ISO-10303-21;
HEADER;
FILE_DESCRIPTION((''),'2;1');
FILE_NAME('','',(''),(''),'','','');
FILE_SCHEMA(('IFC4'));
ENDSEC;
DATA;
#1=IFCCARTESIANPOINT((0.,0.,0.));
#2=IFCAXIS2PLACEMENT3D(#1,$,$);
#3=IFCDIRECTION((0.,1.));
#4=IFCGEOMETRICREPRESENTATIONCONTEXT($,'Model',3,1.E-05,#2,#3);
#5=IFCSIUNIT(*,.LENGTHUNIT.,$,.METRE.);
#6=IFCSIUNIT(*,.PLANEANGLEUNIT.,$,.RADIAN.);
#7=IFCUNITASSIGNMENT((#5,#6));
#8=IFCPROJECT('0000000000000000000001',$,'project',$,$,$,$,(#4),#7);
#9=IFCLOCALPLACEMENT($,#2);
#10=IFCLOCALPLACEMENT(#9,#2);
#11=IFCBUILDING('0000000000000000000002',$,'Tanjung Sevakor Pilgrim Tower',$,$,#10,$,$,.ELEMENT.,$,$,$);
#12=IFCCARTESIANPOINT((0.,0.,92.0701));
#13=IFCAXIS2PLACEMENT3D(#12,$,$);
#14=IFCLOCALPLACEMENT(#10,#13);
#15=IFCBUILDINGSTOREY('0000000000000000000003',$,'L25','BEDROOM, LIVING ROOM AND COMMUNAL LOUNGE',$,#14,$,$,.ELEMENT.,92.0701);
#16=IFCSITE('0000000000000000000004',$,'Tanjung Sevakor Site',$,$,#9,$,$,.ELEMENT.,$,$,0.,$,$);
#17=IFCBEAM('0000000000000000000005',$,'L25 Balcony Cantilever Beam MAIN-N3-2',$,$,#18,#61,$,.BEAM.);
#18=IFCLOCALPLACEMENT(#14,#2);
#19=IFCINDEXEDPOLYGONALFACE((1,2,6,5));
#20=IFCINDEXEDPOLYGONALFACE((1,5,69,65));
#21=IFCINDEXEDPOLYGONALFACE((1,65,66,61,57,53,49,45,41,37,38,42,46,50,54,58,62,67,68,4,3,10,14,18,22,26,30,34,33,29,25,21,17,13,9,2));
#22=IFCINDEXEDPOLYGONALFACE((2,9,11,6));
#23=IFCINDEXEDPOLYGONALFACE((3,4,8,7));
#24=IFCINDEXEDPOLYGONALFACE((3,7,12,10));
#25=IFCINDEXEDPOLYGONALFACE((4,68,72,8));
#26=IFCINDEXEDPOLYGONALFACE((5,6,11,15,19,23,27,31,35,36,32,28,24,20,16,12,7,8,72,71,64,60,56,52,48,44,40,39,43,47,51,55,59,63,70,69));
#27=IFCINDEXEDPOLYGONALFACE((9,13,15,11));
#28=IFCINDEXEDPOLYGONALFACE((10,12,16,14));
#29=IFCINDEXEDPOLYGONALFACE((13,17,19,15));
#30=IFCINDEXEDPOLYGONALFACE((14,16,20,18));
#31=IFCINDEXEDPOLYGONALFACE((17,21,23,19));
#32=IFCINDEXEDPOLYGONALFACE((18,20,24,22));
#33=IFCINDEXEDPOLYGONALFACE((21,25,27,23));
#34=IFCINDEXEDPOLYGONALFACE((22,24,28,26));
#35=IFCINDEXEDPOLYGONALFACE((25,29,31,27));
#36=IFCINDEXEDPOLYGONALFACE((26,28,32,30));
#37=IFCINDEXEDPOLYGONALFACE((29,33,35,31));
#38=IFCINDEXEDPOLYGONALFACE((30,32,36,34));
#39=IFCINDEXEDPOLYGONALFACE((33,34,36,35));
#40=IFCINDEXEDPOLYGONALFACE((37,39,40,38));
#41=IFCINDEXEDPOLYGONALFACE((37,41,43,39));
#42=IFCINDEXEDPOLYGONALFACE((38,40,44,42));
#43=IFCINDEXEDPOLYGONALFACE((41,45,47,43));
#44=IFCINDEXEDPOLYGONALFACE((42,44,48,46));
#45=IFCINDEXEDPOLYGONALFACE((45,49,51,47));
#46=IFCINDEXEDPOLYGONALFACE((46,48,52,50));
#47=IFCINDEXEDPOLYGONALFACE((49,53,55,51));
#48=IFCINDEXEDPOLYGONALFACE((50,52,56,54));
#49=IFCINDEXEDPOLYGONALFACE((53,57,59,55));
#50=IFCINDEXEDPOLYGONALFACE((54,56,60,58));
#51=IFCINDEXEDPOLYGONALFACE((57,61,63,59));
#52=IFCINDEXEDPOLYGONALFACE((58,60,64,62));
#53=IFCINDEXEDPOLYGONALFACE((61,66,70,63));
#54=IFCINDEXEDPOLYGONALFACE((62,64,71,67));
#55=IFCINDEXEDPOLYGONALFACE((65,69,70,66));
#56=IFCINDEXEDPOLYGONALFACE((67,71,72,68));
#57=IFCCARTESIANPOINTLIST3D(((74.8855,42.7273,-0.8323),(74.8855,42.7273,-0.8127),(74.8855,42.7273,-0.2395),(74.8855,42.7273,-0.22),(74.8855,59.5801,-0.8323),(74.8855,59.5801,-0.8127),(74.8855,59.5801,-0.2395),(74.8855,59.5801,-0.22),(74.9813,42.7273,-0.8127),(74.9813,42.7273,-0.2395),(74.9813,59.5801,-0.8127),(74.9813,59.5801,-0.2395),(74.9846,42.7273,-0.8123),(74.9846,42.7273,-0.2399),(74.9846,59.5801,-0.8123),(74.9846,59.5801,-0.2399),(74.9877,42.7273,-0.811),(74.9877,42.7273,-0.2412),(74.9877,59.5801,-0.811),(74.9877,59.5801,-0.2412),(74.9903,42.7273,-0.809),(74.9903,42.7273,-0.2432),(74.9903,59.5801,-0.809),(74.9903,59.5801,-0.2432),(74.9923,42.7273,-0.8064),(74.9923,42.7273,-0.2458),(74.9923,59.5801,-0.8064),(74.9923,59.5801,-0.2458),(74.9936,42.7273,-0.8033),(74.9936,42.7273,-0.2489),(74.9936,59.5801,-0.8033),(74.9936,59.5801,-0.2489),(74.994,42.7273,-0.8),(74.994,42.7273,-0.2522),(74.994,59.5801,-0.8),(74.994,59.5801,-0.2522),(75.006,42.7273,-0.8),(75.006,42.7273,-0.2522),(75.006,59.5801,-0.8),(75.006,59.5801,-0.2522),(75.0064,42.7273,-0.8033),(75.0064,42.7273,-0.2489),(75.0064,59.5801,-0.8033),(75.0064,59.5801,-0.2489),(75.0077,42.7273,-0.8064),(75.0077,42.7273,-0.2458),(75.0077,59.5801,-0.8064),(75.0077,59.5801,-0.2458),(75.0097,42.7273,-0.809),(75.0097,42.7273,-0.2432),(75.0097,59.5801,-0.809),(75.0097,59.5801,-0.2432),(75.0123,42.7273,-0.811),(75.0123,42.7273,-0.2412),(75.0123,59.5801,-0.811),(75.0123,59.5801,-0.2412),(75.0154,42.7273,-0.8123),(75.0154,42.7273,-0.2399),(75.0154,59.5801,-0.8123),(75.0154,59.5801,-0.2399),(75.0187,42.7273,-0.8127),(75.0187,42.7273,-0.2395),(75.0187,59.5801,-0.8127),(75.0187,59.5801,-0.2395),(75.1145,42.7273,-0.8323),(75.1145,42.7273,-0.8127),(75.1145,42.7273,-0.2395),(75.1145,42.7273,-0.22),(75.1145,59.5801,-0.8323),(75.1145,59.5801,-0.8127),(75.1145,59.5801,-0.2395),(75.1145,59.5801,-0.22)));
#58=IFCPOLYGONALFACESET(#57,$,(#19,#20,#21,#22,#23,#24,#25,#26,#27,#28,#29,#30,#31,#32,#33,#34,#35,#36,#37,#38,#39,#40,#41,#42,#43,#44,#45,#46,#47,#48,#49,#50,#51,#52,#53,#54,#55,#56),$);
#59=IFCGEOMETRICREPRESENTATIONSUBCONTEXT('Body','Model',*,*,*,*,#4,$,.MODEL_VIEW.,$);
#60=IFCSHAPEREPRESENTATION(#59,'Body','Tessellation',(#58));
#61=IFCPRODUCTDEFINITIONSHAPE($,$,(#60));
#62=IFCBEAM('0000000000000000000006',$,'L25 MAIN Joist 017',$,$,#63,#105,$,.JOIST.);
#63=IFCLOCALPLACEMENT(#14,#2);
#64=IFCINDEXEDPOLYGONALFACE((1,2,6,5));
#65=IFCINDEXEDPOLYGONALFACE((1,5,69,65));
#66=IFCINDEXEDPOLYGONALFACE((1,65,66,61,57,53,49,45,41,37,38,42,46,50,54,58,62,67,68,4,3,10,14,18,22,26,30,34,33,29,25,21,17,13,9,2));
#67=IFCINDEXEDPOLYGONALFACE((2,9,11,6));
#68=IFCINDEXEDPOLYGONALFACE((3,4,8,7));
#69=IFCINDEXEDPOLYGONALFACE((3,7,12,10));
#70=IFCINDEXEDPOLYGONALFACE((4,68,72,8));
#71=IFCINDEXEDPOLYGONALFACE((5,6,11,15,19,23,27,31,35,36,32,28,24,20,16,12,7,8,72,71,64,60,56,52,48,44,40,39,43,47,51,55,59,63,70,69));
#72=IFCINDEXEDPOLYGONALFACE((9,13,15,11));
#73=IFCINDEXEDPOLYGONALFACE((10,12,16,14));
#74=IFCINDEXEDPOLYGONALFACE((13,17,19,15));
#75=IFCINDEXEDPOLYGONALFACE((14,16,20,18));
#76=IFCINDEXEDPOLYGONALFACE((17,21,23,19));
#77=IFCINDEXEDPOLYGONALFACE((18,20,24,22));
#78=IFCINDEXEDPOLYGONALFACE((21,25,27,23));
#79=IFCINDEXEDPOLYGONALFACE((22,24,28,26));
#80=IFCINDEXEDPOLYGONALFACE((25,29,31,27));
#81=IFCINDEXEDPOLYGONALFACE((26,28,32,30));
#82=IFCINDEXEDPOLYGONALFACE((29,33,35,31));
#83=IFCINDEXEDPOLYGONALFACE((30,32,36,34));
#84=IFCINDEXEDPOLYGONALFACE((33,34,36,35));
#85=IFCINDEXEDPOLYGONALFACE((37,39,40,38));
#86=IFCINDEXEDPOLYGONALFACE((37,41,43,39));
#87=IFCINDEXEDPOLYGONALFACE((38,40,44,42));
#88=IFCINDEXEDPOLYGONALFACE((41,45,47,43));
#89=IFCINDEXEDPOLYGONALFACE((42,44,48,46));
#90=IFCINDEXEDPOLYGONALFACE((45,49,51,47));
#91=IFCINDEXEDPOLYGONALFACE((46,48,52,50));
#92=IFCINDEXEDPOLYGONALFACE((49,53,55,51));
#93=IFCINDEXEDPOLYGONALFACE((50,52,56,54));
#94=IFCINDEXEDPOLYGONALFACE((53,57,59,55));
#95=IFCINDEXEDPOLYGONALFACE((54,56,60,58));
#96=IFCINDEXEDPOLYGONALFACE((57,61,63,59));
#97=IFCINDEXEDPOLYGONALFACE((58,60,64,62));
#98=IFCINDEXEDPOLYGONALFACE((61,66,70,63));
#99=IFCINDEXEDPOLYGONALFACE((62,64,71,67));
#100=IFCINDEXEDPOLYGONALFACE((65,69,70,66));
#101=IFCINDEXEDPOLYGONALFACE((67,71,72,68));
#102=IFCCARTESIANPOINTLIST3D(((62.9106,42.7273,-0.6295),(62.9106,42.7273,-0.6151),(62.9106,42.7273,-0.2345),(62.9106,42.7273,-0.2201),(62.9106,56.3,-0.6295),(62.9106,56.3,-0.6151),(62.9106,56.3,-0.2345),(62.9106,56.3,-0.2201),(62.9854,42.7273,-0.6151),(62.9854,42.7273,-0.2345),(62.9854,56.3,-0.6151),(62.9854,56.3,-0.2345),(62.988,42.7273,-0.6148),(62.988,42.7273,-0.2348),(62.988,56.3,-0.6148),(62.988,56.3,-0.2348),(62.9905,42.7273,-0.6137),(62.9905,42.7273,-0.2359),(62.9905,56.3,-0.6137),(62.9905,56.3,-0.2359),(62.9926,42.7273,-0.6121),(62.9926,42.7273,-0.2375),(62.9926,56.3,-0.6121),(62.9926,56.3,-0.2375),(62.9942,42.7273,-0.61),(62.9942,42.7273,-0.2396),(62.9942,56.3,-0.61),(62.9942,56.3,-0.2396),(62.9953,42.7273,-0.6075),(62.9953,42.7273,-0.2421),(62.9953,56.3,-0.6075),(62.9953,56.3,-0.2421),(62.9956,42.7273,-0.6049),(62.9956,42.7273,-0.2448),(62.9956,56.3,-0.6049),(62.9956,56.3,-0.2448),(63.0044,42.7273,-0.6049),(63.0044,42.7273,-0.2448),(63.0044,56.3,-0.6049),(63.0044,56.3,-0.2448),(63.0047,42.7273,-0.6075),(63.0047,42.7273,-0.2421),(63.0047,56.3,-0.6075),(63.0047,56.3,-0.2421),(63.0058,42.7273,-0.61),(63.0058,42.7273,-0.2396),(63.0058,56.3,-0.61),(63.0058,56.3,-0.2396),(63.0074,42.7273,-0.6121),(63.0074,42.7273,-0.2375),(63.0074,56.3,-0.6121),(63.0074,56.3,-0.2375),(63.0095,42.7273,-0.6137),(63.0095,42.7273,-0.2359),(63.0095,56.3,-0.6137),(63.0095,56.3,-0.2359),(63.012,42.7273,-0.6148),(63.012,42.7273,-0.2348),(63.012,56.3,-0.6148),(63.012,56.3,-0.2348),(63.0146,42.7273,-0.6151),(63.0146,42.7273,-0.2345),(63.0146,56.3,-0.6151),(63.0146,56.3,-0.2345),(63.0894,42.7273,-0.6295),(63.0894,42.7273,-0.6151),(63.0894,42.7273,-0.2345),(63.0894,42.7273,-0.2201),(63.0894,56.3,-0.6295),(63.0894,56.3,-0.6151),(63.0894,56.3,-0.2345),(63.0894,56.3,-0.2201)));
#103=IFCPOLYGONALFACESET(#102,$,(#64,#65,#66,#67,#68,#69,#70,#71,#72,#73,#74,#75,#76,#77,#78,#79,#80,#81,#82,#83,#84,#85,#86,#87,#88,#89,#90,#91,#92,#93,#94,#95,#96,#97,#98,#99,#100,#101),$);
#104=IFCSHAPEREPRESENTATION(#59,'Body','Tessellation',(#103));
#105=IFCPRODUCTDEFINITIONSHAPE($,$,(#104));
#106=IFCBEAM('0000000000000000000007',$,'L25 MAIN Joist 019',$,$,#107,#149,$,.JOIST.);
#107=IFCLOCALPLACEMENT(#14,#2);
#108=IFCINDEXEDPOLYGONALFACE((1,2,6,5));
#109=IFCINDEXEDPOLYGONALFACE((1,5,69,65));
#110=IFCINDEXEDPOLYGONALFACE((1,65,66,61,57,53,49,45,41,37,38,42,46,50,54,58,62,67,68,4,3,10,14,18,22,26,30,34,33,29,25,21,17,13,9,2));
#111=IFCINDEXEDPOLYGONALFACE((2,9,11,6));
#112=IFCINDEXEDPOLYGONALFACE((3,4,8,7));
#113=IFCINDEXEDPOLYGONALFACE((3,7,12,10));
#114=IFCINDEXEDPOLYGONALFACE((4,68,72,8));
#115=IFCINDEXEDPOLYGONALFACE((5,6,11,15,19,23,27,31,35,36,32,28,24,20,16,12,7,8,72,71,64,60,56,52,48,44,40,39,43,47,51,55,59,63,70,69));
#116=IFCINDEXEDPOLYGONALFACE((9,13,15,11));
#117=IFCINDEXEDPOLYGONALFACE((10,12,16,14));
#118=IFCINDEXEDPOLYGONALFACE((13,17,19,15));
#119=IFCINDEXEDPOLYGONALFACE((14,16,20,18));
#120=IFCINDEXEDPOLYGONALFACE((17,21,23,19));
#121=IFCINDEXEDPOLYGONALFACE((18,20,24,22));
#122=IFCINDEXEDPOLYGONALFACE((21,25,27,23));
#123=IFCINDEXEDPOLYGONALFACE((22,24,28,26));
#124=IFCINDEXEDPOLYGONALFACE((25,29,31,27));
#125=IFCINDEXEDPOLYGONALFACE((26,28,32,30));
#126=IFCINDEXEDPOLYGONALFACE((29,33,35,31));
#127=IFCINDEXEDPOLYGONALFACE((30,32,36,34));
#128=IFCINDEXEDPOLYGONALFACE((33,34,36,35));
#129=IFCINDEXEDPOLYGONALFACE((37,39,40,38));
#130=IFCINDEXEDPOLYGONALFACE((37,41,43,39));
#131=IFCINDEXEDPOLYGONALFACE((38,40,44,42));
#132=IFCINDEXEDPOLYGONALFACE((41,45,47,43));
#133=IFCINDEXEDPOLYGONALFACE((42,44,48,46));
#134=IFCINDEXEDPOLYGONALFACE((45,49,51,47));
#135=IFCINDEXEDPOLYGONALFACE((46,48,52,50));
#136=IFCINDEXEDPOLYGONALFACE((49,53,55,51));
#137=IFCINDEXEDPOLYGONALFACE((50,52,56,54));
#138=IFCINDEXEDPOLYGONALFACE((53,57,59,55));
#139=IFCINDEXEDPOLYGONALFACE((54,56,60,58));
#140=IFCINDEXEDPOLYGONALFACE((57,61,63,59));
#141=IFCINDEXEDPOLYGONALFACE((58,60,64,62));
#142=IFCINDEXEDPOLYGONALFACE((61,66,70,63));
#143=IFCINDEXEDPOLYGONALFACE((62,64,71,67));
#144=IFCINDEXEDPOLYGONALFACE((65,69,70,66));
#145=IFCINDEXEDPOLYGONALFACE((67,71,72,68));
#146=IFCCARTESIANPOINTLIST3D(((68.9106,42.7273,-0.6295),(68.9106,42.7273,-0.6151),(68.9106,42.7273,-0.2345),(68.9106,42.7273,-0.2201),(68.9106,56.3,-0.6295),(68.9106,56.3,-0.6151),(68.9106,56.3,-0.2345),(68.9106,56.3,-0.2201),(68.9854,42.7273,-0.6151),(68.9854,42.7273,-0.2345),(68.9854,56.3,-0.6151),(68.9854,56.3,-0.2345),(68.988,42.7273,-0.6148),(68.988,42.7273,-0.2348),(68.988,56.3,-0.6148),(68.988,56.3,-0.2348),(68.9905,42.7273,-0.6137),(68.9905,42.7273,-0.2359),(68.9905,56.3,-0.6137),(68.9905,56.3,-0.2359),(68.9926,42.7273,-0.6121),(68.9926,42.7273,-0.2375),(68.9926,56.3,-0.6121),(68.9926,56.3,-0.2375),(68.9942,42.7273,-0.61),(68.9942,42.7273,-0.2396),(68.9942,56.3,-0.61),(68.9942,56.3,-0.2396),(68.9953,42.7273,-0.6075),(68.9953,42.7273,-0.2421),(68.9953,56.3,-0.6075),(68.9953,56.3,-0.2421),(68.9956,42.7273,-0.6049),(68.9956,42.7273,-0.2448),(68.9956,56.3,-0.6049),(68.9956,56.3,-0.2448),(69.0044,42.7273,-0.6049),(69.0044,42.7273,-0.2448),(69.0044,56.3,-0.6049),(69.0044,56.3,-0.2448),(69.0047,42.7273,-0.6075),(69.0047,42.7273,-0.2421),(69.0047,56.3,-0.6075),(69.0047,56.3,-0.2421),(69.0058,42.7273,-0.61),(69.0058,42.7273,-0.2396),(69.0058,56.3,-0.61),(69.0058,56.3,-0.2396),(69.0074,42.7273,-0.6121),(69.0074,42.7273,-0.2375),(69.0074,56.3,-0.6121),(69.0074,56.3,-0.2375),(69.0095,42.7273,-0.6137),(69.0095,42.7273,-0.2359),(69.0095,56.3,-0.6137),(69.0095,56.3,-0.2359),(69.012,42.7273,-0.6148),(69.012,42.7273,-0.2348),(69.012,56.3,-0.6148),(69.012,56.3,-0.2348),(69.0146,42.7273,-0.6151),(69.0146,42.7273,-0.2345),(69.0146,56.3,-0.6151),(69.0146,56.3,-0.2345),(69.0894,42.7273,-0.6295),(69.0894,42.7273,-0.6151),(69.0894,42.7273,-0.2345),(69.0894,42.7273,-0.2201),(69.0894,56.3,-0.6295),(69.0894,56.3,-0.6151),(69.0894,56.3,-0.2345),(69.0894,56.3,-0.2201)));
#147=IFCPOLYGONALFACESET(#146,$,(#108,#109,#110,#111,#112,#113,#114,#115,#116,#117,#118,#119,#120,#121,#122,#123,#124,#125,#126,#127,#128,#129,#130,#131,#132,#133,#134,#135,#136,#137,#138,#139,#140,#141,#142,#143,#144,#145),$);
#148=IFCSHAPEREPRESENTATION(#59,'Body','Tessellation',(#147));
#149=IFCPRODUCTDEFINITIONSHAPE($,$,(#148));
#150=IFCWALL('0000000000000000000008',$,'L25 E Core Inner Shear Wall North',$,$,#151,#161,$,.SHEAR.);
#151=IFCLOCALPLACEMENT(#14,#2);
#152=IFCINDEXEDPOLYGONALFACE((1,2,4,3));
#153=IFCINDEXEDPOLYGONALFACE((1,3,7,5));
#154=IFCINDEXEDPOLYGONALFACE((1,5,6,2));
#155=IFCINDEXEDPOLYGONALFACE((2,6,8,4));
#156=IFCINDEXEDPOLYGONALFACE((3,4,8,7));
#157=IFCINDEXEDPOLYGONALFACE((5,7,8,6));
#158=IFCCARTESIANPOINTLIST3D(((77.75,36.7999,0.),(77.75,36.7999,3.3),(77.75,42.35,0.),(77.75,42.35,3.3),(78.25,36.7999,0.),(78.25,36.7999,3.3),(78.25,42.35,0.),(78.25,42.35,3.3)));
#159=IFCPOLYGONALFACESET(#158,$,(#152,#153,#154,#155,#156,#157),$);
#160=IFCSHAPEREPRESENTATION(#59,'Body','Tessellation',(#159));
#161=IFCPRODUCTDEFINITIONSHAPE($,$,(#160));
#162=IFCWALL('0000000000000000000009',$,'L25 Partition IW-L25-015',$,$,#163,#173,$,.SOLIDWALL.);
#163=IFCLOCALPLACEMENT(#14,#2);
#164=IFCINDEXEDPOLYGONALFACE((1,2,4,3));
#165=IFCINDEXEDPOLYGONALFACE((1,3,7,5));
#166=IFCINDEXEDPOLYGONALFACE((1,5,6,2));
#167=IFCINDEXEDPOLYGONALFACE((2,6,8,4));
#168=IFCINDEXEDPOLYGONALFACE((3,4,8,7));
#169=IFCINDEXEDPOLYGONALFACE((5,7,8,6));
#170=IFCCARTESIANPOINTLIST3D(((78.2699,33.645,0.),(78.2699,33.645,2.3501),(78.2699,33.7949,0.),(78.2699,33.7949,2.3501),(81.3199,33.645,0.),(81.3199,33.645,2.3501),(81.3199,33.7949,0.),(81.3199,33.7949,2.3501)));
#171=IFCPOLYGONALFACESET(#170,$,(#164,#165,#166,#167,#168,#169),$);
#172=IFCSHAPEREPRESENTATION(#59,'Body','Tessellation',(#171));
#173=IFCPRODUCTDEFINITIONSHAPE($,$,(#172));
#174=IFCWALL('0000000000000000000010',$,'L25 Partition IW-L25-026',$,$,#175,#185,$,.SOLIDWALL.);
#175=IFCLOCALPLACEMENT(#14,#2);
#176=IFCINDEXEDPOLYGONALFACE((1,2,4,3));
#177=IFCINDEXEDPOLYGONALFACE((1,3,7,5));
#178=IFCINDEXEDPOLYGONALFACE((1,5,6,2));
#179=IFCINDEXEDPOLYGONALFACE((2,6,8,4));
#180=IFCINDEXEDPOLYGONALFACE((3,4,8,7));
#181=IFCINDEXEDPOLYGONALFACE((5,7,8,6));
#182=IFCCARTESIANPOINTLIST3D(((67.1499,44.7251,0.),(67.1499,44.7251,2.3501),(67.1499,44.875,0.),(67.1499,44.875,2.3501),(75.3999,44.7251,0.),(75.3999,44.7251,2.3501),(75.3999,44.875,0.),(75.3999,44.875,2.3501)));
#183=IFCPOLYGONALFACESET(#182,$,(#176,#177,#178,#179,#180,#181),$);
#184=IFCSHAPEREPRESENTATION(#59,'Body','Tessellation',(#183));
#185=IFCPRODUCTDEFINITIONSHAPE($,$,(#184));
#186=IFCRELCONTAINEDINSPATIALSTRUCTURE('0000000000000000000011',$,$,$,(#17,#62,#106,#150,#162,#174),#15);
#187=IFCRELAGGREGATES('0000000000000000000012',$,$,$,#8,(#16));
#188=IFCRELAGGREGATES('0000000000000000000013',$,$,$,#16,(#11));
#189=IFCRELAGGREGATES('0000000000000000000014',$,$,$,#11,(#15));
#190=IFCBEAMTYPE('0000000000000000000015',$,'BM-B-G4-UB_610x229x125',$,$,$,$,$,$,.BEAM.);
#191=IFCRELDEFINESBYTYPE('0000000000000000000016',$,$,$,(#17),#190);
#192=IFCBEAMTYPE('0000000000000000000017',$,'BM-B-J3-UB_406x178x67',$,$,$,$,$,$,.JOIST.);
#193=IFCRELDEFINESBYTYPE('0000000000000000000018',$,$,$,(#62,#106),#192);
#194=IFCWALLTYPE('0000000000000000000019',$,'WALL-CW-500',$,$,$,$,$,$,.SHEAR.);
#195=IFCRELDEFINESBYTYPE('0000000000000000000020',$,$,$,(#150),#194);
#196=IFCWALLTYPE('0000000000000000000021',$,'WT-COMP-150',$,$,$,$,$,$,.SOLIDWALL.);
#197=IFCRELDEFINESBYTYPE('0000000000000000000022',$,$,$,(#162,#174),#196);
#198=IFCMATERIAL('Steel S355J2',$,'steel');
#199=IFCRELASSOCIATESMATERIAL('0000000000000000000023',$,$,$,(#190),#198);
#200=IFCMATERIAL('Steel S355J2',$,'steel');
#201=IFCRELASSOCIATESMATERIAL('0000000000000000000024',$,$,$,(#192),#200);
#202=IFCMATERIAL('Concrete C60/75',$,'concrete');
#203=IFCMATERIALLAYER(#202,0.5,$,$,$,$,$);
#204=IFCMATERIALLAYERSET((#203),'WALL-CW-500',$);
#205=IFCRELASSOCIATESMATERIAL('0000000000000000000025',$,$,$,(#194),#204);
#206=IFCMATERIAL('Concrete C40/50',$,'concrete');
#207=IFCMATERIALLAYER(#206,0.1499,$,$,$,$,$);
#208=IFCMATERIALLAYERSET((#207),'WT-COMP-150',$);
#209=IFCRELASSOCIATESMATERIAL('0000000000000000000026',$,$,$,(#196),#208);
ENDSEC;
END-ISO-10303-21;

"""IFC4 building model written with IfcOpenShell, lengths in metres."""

from ifc_helpers import new_model, si_unit, direction, frame, frame_2d, origin, origin_2d, place, context, subcontext, project, spatial, rectangle, i_section, extrude, material, layer, layer_set, material_profile, profile_set, type_object, element, save


model = new_model("IFC4")

# Units and contexts
model_context = context("Model", 3, precision=1e-05, world=origin(), true_north=direction((0.0, 1.0)))
body_context = subcontext(model_context, "Body", "Model", "MODEL_VIEW")
ifc_project = project(units=[si_unit("LENGTHUNIT", "METRE"), si_unit("PLANEANGLEUNIT", "RADIAN")], contexts=[model_context])

# Site, building, storey
site_placement = place(None, origin())
site = spatial("IfcSite", under=ifc_project, at=site_placement, Name="Tanjung Sevakor Site", CompositionType="ELEMENT", RefElevation=0.0)
building_placement = place(site_placement, origin())
building = spatial("IfcBuilding", under=site, at=building_placement, Name="Tanjung Sevakor Pilgrim Tower", CompositionType="ELEMENT")
storey_placement = place(building_placement, frame((0.0, 0.0, 92.0701)))
storey = spatial("IfcBuildingStorey", under=building, at=storey_placement, Name="L25", Description="BEDROOM, LIVING ROOM AND COMMUNAL LOUNGE", CompositionType="ELEMENT", Elevation=92.0701)

# Beams
ifc_material_1 = material(Name="Steel S355J2", Category="steel")
ifc_material_profile_1 = material_profile(ifc_material_1, i_section(OverallWidth=0.229, OverallDepth=0.6123, WebThickness=0.012, FlangeThickness=0.0195, FilletRadius=0.0127, at=origin_2d()))
ifc_profile_set_1 = profile_set([ifc_material_profile_1], Name="Steel S355J2")
beam_type_1 = type_object("IfcBeamType", Name="BM-B-G4-UB_610x229x125", PredefinedType="BEAM", material=ifc_profile_set_1)
beam_1_placement = place(storey_placement, frame((75.0, 42.7273, -0.5261), z_axis=(0.0, 1.0, 0.0), x_axis=(-1.0, 0.0, 0.0)))
element("IfcBeam", 1, at=beam_1_placement, inside=storey, type_object=beam_type_1, Name="L25 Balcony Cantilever Beam MAIN-N3-2", PredefinedType="BEAM", context=body_context, shape_type="SweptSolid", body=[
    extrude(i_section(OverallWidth=0.229, OverallDepth=0.6123, WebThickness=0.012, FlangeThickness=0.0195, FilletRadius=0.0127, at=origin_2d()), origin(), (0.0, 0.0, 1.0), 16.8528),
])
ifc_material_2 = material(Name="Steel S355J2", Category="steel")
ifc_material_profile_2 = material_profile(ifc_material_2, i_section(OverallWidth=0.1787, OverallDepth=0.4094, WebThickness=0.0088, FlangeThickness=0.0144, FilletRadius=0.0103, at=origin_2d()))
ifc_profile_set_2 = profile_set([ifc_material_profile_2], Name="Steel S355J2")
beam_type_2 = type_object("IfcBeamType", Name="BM-B-J3-UB_406x178x67", PredefinedType="JOIST", material=ifc_profile_set_2)
for number, where, z_axis, x_axis, name in (
    (2, (63.0, 42.7273, -0.4248), (0.0, 1.0, 0.0), (-1.0, 0.0, 0.0), "L25 MAIN Joist 017"),
    (3, (69.0, 42.7273, -0.4248), (0.0, 1.0, 0.0), (-1.0, 0.0, 0.0), "L25 MAIN Joist 019"),
):
    element("IfcBeam", number, at=place(storey_placement, frame(where, z_axis=z_axis, x_axis=x_axis)), inside=storey, type_object=beam_type_2, Name=name, PredefinedType="JOIST", context=body_context, shape_type="SweptSolid", body=[
        extrude(i_section(OverallWidth=0.1787, OverallDepth=0.4094, WebThickness=0.0088, FlangeThickness=0.0144, FilletRadius=0.0103, at=origin_2d()), origin(), (0.0, 0.0, 1.0), 13.5728),
    ])

# Walls
ifc_material_3 = material(Name="Concrete C60/75", Category="concrete")
ifc_layer_1 = layer(ifc_material_3, 0.5)
ifc_layer_set_1 = layer_set([ifc_layer_1], Name="WALL-CW-500")
wall_type_1 = type_object("IfcWallType", Name="WALL-CW-500", PredefinedType="SHEAR", material=ifc_layer_set_1)
wall_1_placement = place(storey_placement, frame((78.0, 36.8, 0.0), z_axis=(0.0, 0.0, 1.0), x_axis=(0.0, 1.0, 0.0)))
element("IfcWall", 4, at=wall_1_placement, inside=storey, type_object=wall_type_1, Name="L25 E Core Inner Shear Wall North", PredefinedType="SHEAR", context=body_context, shape_type="SweptSolid", body=[
    extrude(rectangle(XDim=5.55, YDim=0.5, at=frame_2d((2.7749, 0.0))), origin(), (0.0, 0.0, 1.0), 3.3),
])
ifc_material_4 = material(Name="Concrete C40/50", Category="concrete")
ifc_layer_2 = layer(ifc_material_4, 0.1499)
ifc_layer_set_2 = layer_set([ifc_layer_2], Name="WT-COMP-150")
wall_type_2 = type_object("IfcWallType", Name="WT-COMP-150", PredefinedType="SOLIDWALL", material=ifc_layer_set_2)
wall_2_placement = place(storey_placement, frame((78.27, 33.72, 0.0), z_axis=(0.0, 0.0, 1.0), x_axis=(1.0, 0.0, 0.0)))
element("IfcWall", 5, at=wall_2_placement, inside=storey, type_object=wall_type_2, Name="L25 Partition IW-L25-015", PredefinedType="SOLIDWALL", context=body_context, shape_type="SweptSolid", body=[
    extrude(rectangle(XDim=3.05, YDim=0.1499, at=frame_2d((1.5249, 0.0))), origin(), (0.0, 0.0, 1.0), 2.3501),
])
wall_3_placement = place(storey_placement, frame((67.1499, 44.8, 0.0), z_axis=(0.0, 0.0, 1.0), x_axis=(1.0, 0.0, 0.0)))
element("IfcWall", 6, at=wall_3_placement, inside=storey, type_object=wall_type_2, Name="L25 Partition IW-L25-026", PredefinedType="SOLIDWALL", context=body_context, shape_type="SweptSolid", body=[
    extrude(rectangle(XDim=8.25, YDim=0.1499, at=frame_2d((4.125, 0.0))), origin(), (0.0, 0.0, 1.0), 2.3501),
])

save(model, "model.ifc")
